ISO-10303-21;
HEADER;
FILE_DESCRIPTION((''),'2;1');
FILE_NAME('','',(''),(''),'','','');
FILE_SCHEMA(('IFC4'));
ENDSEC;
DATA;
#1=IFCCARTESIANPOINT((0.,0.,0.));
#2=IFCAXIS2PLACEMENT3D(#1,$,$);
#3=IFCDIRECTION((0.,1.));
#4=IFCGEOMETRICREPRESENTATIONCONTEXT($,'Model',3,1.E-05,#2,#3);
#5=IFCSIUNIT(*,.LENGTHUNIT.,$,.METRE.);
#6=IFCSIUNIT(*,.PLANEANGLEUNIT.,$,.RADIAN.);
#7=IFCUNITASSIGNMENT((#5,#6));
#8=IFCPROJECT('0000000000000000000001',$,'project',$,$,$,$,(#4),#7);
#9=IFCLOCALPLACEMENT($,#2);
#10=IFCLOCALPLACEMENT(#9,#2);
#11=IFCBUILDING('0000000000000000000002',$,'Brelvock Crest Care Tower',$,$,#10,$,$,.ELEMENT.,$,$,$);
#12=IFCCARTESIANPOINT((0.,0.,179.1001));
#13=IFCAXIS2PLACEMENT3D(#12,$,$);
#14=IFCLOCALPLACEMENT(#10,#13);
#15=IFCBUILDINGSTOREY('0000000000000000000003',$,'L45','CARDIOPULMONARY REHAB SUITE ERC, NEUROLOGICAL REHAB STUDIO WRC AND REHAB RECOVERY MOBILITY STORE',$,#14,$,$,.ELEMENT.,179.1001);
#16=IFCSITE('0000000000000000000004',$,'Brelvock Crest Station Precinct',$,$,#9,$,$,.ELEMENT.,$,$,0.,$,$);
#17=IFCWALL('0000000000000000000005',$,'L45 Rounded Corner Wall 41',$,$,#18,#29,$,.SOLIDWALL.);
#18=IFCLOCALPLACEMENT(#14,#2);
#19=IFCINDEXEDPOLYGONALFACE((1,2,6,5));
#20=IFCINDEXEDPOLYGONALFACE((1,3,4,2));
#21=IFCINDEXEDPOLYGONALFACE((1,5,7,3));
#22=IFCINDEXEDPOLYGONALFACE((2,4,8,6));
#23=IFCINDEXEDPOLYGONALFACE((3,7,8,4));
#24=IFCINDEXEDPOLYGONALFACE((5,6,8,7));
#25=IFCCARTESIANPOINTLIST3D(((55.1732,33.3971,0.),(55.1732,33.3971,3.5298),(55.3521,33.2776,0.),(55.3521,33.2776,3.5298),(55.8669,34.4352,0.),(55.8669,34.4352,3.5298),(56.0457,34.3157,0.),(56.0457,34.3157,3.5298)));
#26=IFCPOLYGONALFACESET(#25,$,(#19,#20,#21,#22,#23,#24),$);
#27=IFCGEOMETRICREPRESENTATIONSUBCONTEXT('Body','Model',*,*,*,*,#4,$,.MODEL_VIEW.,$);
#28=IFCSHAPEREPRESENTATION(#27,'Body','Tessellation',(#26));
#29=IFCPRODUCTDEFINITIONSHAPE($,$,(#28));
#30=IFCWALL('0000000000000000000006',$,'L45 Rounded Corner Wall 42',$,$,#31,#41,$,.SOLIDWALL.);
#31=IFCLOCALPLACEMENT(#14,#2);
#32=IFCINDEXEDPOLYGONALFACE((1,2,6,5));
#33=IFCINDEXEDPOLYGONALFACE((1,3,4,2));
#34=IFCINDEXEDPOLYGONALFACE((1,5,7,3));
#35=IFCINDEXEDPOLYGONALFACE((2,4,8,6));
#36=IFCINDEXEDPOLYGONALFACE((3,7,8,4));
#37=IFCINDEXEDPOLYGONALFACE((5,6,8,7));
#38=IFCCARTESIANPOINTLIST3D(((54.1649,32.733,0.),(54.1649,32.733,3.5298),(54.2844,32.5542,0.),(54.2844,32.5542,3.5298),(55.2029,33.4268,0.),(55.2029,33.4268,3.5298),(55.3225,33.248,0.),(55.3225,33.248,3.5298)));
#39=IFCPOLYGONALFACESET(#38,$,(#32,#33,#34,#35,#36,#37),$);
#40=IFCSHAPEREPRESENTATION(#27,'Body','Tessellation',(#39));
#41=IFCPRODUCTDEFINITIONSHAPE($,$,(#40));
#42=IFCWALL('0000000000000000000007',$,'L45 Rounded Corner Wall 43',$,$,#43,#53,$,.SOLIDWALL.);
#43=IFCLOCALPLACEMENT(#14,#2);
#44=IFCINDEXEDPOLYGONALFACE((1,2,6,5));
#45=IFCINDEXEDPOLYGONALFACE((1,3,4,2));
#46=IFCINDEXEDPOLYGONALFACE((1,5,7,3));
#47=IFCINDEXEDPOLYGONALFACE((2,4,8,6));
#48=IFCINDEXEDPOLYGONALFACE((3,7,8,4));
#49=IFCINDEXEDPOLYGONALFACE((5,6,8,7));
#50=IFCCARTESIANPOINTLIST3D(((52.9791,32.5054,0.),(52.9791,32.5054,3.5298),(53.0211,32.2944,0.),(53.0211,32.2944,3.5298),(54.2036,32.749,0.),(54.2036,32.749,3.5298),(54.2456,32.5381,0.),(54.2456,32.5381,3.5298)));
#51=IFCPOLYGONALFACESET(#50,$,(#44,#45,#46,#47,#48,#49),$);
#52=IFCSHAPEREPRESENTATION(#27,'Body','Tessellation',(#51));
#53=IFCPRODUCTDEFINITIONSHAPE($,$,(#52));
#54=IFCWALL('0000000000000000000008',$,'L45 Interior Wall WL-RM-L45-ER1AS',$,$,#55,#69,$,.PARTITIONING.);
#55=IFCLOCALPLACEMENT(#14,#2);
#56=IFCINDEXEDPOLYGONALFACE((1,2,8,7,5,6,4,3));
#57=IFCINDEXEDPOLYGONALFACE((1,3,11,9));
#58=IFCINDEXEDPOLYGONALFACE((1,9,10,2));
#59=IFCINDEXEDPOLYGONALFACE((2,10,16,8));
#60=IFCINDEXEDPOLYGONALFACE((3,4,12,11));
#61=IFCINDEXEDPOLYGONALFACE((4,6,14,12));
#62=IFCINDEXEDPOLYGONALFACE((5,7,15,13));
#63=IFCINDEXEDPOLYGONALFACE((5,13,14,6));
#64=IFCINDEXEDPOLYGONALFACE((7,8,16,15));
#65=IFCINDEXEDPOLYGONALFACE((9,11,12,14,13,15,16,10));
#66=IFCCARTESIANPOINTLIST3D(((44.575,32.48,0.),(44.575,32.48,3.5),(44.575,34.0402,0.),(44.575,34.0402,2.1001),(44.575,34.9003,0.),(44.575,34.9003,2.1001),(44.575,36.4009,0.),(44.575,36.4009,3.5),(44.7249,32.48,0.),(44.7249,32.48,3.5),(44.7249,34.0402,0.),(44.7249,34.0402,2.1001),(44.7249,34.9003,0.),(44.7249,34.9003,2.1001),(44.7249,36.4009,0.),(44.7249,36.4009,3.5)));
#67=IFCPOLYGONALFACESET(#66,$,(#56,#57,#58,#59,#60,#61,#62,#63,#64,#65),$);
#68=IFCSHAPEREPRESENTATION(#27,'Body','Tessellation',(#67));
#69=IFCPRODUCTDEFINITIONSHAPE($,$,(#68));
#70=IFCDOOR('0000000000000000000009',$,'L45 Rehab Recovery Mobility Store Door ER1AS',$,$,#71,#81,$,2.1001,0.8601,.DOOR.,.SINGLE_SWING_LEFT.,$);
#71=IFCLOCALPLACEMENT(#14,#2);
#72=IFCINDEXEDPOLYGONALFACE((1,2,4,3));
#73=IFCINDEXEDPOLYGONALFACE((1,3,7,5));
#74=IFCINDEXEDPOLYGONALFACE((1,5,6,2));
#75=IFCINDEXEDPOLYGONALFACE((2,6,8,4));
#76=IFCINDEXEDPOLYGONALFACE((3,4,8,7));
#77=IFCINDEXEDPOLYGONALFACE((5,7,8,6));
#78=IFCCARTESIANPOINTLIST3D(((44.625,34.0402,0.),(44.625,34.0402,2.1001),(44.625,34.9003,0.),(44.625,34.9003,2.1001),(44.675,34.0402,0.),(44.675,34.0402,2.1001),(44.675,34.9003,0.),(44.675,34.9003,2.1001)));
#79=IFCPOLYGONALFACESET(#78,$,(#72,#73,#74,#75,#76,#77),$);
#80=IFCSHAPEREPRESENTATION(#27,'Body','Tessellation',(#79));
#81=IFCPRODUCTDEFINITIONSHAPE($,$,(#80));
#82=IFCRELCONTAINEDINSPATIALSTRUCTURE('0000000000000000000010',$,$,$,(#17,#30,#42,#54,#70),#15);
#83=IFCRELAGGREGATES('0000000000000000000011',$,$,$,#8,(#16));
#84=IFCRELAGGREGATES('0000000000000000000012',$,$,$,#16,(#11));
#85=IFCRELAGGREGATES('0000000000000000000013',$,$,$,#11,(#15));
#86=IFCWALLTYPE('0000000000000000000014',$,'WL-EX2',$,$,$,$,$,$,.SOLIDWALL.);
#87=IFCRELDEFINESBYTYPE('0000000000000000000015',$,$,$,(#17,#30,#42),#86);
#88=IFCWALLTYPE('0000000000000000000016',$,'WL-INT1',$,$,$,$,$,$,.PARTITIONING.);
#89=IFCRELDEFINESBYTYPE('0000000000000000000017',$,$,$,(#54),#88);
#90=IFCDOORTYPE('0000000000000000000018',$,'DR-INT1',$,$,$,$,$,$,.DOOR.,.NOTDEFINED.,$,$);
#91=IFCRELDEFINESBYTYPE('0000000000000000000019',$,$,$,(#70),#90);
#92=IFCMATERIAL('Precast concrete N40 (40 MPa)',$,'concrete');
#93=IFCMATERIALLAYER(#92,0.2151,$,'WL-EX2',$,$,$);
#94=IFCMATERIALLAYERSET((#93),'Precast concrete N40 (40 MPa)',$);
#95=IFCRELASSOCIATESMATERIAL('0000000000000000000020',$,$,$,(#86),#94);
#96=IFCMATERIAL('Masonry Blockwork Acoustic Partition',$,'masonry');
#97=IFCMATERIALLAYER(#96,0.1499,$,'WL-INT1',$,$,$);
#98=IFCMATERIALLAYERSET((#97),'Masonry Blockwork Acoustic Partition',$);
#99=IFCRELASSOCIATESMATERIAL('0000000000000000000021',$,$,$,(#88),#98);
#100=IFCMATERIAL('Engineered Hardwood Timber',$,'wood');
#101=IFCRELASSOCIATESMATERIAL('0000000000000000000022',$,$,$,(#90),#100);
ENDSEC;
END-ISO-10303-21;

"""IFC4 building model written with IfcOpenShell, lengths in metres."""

from ifc_helpers import new_model, si_unit, direction, frame, frame_2d, origin, origin_2d, place, context, subcontext, project, spatial, rectangle, extrude, source, transform, mapped, material, layer, layer_set, type_object, element, fill, save


model = new_model("IFC4")

# Units and contexts
model_context = context("Model", 3, precision=1e-05, world=origin(), true_north=direction((0.0, 1.0)))
body_context = subcontext(model_context, "Body", "Model", "MODEL_VIEW")
ifc_project = project(units=[si_unit("LENGTHUNIT", "METRE"), si_unit("PLANEANGLEUNIT", "RADIAN")], contexts=[model_context])

# Site, building, storey
site_placement = place(None, origin())
site = spatial("IfcSite", under=ifc_project, at=site_placement, Name="Brelvock Crest Station Precinct", CompositionType="ELEMENT", RefElevation=0.0)
building_placement = place(site_placement, origin())
building = spatial("IfcBuilding", under=site, at=building_placement, Name="Brelvock Crest Care Tower", CompositionType="ELEMENT")
storey_placement = place(building_placement, frame((0.0, 0.0, 179.1001)))
storey = spatial("IfcBuildingStorey", under=building, at=storey_placement, Name="L45", Description="CARDIOPULMONARY REHAB SUITE ERC, NEUROLOGICAL REHAB STUDIO WRC AND REHAB RECOVERY MOBILITY STORE", CompositionType="ELEMENT", Elevation=179.1001)

# Walls
ifc_material_1 = material(Name="Precast concrete N40 (40 MPa)", Category="concrete")
ifc_layer_1 = layer(ifc_material_1, 0.2151, Name="WL-EX2")
ifc_layer_set_1 = layer_set([ifc_layer_1], Name="Precast concrete N40 (40 MPa)")
wall_type_1 = type_object("IfcWallType", Name="WL-EX2", PredefinedType="SOLIDWALL", material=ifc_layer_set_1)
for number, where, z_axis, x_axis, name in (
    (1, (55.9563, 34.3755, 0.0), (0.0, 0.0, 1.0), (-0.555557, -0.831478, 0.0), "L45 Rounded Corner Wall 41"),
    (2, (55.2627, 33.3374, 0.0), (0.0, 0.0, 1.0), (-0.831388, -0.555692, 0.0), "L45 Rounded Corner Wall 42"),
    (3, (54.2246, 32.6436, 0.0), (0.0, 0.0, 1.0), (-0.980776, -0.195138, 0.0), "L45 Rounded Corner Wall 43"),
):
    element("IfcWall", number, at=place(storey_placement, frame(where, z_axis=z_axis, x_axis=x_axis)), inside=storey, type_object=wall_type_1, Name=name, PredefinedType="SOLIDWALL", context=body_context, shape_type="SweptSolid", body=[
        extrude(rectangle(XDim=1.2485, YDim=0.2151, at=frame_2d((0.6243, 0.0))), origin(), (0.0, 0.0, 1.0), 3.5298),
    ])

# Wall, opening, door
ifc_material_2 = material(Name="Masonry Blockwork Acoustic Partition", Category="masonry")
ifc_layer_2 = layer(ifc_material_2, 0.1499, Name="WL-INT1")
ifc_layer_set_2 = layer_set([ifc_layer_2], Name="Masonry Blockwork Acoustic Partition")
wall_type_2 = type_object("IfcWallType", Name="WL-INT1", PredefinedType="PARTITIONING", material=ifc_layer_set_2)
wall_placement = place(storey_placement, frame((44.6499, 32.48, 0.0), z_axis=(0.0, 0.0, 1.0), x_axis=(0.0, 1.0, 0.0)))
wall = element("IfcWall", 4, at=wall_placement, inside=storey, type_object=wall_type_2, Name="L45 Interior Wall WL-RM-L45-ER1AS", PredefinedType="PARTITIONING", context=body_context, shape_type="SweptSolid", body=[
    extrude(rectangle(XDim=3.9209, YDim=0.1499, at=frame_2d((1.9604, 0.0))), origin(), (0.0, 0.0, 1.0), 3.5),
])
opening_placement = place(wall_placement, frame((1.5601, 0.0, 0.0)))
opening = element("IfcOpeningElement", 5, at=opening_placement, cuts=wall, PredefinedType="OPENING", context=body_context, shape_type="SweptSolid", body=[
    extrude(rectangle(XDim=0.8601, YDim=2.1001, at=origin_2d()), frame((0.4302, 0.085, 1.05), z_axis=(0.0, -1.0, 0.0), x_axis=(1.0, 0.0, 0.0)), (0.0, 0.0, 1.0), 0.1699),
])
ifc_material_3 = material(Name="Engineered Hardwood Timber", Category="wood")
door_type = type_object("IfcDoorType", Name="DR-INT1", OperationType="NOTDEFINED", PredefinedType="DOOR", material=ifc_material_3)
shared_shape_1 = source(origin(), body_context, "Body", "SweptSolid", [
    extrude(rectangle(XDim=0.8601, YDim=2.1001, at=origin_2d()), frame((0.4302, 0.0249, 1.05), z_axis=(0.0, -1.0, 0.0), x_axis=(1.0, 0.0, 0.0)), (0.0, 0.0, 1.0), 0.05),
])
door_placement = place(opening_placement, origin())
door = element("IfcDoor", 6, at=door_placement, inside=storey, type_object=door_type, Name="L45 Rehab Recovery Mobility Store Door ER1AS", OperationType="SINGLE_SWING_LEFT", OverallHeight=2.1001, OverallWidth=0.8601, PredefinedType="DOOR", context=body_context, shape_type="MappedRepresentation", body=[
    mapped(shared_shape_1, transform((0.0, 0.0, 0.0), x_axis=(1.0, 0.0, 0.0), y_axis=(0.0, 1.0, 0.0), z_axis=(0.0, 0.0, 1.0), scale=1.0)),
])
fill(opening, door)

save(model, "model.ifc")
